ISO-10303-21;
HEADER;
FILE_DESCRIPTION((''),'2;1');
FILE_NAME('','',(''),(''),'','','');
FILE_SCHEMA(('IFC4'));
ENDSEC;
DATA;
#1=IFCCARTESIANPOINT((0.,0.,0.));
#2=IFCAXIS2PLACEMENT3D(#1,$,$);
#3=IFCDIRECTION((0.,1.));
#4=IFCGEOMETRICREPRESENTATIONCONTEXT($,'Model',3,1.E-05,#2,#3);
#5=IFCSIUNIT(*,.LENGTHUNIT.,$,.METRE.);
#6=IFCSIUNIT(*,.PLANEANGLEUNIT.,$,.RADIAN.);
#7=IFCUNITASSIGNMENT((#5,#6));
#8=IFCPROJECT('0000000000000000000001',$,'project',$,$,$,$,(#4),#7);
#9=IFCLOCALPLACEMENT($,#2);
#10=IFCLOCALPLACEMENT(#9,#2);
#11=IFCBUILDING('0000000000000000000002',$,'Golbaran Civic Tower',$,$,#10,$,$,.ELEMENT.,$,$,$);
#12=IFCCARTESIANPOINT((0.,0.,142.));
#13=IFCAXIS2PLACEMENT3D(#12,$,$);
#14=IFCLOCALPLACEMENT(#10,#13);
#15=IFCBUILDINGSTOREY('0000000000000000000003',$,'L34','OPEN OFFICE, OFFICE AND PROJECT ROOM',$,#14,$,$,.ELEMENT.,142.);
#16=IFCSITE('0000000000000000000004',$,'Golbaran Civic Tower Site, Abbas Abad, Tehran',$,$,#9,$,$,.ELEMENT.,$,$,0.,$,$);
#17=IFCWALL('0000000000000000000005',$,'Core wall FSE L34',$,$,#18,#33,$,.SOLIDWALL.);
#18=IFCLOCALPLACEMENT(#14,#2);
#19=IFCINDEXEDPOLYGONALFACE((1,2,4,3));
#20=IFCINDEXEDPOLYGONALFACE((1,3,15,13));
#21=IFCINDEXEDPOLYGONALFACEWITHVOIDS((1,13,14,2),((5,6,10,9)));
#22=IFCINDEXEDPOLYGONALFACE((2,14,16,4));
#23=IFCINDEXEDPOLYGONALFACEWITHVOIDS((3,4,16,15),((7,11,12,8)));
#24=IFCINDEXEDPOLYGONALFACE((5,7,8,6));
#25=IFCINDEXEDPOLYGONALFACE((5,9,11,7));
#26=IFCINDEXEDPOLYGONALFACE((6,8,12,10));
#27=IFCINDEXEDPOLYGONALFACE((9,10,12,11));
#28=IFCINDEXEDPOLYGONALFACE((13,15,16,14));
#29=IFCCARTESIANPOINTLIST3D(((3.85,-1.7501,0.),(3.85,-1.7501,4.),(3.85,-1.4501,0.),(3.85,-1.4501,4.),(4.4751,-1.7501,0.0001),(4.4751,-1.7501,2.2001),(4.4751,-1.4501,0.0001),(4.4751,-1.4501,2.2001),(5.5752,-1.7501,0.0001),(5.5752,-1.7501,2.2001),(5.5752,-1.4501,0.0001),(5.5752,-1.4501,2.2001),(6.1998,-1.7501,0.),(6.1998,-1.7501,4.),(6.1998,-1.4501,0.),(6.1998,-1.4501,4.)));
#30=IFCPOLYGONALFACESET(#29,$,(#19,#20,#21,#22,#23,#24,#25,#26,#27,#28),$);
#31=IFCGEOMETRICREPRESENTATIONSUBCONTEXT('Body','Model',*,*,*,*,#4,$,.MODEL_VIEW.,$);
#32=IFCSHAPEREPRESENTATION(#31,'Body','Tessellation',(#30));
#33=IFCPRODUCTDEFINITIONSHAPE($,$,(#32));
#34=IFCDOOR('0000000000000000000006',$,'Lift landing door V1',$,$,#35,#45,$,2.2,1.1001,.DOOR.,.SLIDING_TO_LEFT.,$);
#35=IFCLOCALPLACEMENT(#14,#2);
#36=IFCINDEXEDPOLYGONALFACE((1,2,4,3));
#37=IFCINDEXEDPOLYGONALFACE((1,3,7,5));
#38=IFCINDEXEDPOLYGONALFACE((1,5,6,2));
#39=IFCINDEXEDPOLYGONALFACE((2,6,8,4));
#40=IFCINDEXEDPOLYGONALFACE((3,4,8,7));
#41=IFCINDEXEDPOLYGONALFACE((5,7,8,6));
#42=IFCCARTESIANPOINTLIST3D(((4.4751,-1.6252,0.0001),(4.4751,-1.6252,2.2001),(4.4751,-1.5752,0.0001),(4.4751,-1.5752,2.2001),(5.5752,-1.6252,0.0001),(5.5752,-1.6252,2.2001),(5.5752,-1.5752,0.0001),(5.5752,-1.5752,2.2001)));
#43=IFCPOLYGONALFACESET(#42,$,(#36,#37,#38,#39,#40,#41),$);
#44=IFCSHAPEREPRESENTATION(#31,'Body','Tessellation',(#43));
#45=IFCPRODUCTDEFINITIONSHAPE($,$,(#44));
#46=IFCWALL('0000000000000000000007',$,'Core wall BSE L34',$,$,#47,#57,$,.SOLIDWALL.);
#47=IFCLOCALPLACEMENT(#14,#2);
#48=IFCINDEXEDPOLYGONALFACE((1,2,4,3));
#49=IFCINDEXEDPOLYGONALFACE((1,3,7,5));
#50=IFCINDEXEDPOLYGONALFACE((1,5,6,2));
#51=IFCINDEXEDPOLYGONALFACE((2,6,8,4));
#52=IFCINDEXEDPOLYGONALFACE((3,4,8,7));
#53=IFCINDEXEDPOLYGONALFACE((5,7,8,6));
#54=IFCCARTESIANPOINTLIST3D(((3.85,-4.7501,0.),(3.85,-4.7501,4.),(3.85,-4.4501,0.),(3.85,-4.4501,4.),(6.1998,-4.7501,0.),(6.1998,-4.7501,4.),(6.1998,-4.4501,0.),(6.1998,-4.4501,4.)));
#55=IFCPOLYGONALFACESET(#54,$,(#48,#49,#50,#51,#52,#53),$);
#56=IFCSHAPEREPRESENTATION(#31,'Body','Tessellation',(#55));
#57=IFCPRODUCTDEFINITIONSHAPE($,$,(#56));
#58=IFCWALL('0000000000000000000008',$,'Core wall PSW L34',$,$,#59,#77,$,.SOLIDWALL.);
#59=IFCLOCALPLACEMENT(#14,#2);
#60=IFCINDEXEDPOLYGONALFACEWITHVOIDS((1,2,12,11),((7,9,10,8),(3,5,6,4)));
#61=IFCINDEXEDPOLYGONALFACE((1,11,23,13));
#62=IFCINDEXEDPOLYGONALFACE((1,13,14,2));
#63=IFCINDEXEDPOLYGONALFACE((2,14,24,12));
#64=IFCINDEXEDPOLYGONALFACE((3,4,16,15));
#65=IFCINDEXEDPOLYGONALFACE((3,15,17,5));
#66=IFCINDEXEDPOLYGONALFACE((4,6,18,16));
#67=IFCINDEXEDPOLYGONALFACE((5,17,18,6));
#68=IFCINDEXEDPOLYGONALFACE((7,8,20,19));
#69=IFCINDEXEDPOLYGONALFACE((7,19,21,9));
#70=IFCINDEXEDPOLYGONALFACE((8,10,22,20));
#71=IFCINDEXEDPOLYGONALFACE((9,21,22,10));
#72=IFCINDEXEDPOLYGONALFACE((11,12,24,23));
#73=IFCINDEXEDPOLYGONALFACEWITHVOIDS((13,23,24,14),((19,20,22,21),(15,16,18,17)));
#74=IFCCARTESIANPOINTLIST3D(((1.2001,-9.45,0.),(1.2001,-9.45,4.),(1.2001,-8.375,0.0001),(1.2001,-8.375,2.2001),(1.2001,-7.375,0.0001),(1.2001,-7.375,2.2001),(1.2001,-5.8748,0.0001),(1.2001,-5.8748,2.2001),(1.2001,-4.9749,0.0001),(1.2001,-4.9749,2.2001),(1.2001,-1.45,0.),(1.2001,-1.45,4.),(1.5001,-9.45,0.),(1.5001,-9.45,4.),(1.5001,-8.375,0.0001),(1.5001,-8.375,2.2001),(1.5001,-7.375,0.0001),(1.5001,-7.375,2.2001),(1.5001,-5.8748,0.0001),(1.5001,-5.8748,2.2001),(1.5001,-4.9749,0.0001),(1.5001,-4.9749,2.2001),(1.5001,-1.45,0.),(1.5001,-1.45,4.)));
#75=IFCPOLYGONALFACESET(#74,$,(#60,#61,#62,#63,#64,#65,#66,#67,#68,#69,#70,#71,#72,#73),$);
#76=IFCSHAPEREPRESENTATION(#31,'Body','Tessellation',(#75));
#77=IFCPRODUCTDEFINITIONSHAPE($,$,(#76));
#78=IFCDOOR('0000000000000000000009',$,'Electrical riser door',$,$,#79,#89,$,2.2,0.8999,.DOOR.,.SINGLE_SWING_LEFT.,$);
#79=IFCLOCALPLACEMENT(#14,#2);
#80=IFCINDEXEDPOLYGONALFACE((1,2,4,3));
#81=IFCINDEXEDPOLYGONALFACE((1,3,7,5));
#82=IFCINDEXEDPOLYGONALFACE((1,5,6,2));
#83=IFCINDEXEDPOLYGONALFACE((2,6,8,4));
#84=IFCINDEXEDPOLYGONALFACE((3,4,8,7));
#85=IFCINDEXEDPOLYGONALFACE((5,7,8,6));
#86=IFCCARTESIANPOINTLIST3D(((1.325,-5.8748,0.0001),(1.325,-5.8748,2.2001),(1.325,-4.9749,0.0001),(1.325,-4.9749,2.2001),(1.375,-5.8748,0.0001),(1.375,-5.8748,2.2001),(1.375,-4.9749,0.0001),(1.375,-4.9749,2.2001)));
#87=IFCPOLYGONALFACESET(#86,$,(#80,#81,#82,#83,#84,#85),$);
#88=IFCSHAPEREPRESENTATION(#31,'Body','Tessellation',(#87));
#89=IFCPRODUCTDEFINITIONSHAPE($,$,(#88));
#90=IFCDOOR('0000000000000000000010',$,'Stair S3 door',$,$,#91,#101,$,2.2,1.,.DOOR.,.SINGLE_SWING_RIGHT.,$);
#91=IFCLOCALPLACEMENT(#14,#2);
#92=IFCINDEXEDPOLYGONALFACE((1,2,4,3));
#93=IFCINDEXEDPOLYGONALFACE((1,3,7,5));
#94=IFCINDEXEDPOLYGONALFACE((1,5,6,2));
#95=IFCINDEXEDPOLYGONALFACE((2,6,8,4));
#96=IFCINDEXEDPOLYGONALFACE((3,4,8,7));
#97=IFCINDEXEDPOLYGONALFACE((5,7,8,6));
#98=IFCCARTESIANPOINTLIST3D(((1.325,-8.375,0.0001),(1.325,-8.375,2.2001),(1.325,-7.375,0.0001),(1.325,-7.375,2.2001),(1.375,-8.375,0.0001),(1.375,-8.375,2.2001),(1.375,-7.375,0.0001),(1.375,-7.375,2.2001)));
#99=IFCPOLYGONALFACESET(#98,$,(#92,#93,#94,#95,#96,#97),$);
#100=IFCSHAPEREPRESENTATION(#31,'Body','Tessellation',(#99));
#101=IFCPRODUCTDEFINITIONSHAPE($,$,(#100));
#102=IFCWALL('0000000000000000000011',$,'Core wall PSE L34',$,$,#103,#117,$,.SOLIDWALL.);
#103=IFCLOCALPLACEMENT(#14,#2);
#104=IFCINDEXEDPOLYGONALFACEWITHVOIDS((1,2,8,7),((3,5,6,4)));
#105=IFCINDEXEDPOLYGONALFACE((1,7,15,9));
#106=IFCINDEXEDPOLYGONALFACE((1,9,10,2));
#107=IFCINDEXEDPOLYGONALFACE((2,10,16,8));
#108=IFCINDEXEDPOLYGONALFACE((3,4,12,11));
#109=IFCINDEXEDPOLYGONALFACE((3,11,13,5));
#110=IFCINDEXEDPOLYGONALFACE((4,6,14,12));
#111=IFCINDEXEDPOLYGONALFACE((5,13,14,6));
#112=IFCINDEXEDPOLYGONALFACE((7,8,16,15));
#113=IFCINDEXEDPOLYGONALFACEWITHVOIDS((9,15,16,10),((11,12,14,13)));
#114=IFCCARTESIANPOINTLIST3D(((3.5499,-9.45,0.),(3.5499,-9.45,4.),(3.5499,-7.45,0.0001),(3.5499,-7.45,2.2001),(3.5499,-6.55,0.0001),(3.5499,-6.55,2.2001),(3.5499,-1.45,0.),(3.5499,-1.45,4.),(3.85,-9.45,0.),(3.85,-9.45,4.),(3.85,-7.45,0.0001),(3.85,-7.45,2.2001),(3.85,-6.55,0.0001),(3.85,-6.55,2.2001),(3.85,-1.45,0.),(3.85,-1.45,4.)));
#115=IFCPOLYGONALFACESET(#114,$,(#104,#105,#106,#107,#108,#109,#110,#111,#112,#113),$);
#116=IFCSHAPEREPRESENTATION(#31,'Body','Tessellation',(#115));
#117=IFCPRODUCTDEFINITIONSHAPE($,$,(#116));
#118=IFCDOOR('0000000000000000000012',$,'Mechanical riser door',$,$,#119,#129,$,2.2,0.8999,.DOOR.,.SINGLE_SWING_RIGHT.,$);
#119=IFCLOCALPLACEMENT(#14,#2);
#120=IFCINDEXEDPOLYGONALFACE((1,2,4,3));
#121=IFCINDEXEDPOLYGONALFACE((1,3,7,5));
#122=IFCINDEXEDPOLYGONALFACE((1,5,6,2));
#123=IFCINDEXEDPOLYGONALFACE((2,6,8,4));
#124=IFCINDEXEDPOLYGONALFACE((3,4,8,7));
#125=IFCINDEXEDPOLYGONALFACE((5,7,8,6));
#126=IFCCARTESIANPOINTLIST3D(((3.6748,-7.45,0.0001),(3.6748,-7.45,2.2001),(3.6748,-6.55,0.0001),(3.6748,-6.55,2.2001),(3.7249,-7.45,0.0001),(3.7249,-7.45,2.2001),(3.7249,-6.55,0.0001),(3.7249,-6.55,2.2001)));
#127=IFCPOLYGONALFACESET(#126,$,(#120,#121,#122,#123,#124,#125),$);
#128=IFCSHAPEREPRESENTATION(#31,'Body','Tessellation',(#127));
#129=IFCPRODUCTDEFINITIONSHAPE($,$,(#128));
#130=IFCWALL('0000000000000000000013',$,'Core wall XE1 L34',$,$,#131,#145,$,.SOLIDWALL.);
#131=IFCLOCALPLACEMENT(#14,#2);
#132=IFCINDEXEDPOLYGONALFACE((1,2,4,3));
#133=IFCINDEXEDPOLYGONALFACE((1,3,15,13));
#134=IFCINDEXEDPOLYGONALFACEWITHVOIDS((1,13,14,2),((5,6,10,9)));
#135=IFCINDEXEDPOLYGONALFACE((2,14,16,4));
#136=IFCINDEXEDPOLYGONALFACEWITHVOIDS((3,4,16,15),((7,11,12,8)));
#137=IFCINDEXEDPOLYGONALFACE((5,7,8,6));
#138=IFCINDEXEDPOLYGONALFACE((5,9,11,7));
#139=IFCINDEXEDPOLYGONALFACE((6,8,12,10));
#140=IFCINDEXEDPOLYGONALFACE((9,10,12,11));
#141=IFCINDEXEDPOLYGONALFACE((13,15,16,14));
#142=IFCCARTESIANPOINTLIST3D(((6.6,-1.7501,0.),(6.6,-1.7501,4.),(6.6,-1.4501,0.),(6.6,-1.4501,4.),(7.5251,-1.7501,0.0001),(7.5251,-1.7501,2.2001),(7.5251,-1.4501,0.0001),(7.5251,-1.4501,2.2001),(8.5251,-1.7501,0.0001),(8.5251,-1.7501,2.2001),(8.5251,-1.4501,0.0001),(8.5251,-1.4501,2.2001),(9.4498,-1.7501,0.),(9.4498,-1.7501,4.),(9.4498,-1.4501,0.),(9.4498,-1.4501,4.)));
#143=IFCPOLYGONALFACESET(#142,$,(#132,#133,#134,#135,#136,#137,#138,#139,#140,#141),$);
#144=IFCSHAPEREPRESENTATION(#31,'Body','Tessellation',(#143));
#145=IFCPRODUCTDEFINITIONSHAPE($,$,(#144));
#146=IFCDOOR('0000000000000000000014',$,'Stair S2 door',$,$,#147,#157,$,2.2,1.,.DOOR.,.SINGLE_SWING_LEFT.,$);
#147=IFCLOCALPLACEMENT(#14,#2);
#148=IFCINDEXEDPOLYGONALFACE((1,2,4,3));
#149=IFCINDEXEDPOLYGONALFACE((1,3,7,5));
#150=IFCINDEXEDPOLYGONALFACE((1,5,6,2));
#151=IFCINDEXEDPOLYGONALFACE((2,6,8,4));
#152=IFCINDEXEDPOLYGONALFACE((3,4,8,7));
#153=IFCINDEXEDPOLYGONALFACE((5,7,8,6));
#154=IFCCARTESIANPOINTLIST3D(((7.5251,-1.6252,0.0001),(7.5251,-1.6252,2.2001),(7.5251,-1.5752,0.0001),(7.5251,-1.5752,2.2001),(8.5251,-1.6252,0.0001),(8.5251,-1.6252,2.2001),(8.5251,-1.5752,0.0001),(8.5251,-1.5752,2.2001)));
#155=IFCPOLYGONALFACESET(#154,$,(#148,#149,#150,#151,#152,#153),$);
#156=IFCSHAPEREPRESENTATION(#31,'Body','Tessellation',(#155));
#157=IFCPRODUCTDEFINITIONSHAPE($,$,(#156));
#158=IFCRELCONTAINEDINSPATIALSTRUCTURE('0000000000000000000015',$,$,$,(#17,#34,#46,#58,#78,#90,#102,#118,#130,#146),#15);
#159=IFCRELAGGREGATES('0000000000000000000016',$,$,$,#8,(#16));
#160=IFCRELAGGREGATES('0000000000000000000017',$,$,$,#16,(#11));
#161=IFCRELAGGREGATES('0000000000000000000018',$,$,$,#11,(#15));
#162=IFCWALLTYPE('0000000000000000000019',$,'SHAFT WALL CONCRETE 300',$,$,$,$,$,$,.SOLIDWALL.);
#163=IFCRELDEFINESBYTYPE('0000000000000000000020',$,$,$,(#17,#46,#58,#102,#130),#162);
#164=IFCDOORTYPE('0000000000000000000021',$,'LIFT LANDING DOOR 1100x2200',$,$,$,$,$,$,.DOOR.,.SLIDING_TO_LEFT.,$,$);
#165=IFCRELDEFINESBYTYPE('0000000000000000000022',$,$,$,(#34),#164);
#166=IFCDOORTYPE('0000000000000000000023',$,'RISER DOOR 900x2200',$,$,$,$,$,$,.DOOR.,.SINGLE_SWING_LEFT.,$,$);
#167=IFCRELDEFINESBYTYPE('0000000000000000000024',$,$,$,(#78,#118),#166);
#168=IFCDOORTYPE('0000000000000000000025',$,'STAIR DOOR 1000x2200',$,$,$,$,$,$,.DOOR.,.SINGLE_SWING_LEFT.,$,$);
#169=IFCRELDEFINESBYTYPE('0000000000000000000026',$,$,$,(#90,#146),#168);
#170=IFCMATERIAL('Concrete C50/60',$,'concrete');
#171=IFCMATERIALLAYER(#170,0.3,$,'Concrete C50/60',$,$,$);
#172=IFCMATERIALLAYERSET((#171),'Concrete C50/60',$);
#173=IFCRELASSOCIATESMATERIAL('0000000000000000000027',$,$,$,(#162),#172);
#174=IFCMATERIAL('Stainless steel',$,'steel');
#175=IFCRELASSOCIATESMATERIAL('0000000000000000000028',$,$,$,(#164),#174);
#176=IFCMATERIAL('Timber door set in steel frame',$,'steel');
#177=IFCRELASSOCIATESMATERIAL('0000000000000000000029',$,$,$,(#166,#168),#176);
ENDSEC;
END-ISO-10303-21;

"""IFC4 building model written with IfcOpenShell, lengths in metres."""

from ifc_helpers import new_model, si_unit, direction, frame, frame_2d, origin, place, context, subcontext, project, spatial, rectangle, extrude, material, layer, layer_set, type_object, element, fill, save


model = new_model("IFC4")

# Units and contexts
model_context = context("Model", 3, precision=1e-05, world=origin(), true_north=direction((0.0, 1.0)))
body_context = subcontext(model_context, "Body", "Model", "MODEL_VIEW")
ifc_project = project(units=[si_unit("LENGTHUNIT", "METRE"), si_unit("PLANEANGLEUNIT", "RADIAN")], contexts=[model_context])

# Site, building, storey
site_placement = place(None, origin())
site = spatial("IfcSite", under=ifc_project, at=site_placement, Name="Golbaran Civic Tower Site, Abbas Abad, Tehran", CompositionType="ELEMENT", RefElevation=0.0)
building_placement = place(site_placement, origin())
building = spatial("IfcBuilding", under=site, at=building_placement, Name="Golbaran Civic Tower", CompositionType="ELEMENT")
storey_placement = place(building_placement, frame((0.0, 0.0, 142.0)))
storey = spatial("IfcBuildingStorey", under=building, at=storey_placement, Name="L34", Description="OPEN OFFICE, OFFICE AND PROJECT ROOM", CompositionType="ELEMENT", Elevation=142.0)

# Wall, opening, door
ifc_material_1 = material(Name="Concrete C50/60", Category="concrete")
ifc_layer_1 = layer(ifc_material_1, 0.3, Name="Concrete C50/60")
ifc_layer_set_1 = layer_set([ifc_layer_1], Name="Concrete C50/60")
wall_type_1 = type_object("IfcWallType", Name="SHAFT WALL CONCRETE 300", PredefinedType="SOLIDWALL", material=ifc_layer_set_1)
wall_1_placement = place(storey_placement, frame((3.8501, -1.6001, 0.0), z_axis=(0.0, 0.0, 1.0), x_axis=(1.0, 0.0, 0.0)))
wall_1 = element("IfcWall", 1, at=wall_1_placement, inside=storey, type_object=wall_type_1, Name="Core wall FSE L34", PredefinedType="SOLIDWALL", context=body_context, shape_type="SweptSolid", body=[
    extrude(rectangle(XDim=2.3499, YDim=0.3, at=frame_2d((1.1748, 0.0))), origin(), (0.0, 0.0, 1.0), 4.0),
])
opening_1_placement = place(wall_1_placement, frame((0.625, 0.0, 0.0)))
opening_1 = element("IfcOpeningElement", 2, at=opening_1_placement, cuts=wall_1, PredefinedType="OPENING", context=body_context, shape_type="SweptSolid", body=[
    extrude(rectangle(XDim=1.1001, YDim=2.2, at=frame_2d((0.55, 1.1001))), frame((0.0, 0.1599, 0.0), z_axis=(0.0, -1.0, 0.0), x_axis=(1.0, 0.0, 0.0)), (0.0, 0.0, 1.0), 0.3201),
])
ifc_material_2 = material(Name="Stainless steel", Category="steel")
door_type_1 = type_object("IfcDoorType", Name="LIFT LANDING DOOR 1100x2200", OperationType="SLIDING_TO_LEFT", PredefinedType="DOOR", material=ifc_material_2)
door_1_placement = place(opening_1_placement, origin())
door_1 = element("IfcDoor", 3, at=door_1_placement, inside=storey, type_object=door_type_1, Name="Lift landing door V1", OperationType="SLIDING_TO_LEFT", OverallHeight=2.2, OverallWidth=1.1001, PredefinedType="DOOR", context=body_context, shape_type="SweptSolid", body=[
    extrude(rectangle(XDim=1.1001, YDim=2.2, at=frame_2d((0.55, 1.1001))), frame((0.0, 0.0249, 0.0), z_axis=(0.0, -1.0, 0.0), x_axis=(1.0, 0.0, 0.0)), (0.0, 0.0, 1.0), 0.05),
])
fill(opening_1, door_1)

# Wall
wall_2_placement = place(storey_placement, frame((3.8501, -4.6001, 0.0), z_axis=(0.0, 0.0, 1.0), x_axis=(1.0, 0.0, 0.0)))
element("IfcWall", 4, at=wall_2_placement, inside=storey, type_object=wall_type_1, Name="Core wall BSE L34", PredefinedType="SOLIDWALL", context=body_context, shape_type="SweptSolid", body=[
    extrude(rectangle(XDim=2.3499, YDim=0.3, at=frame_2d((1.1748, 0.0))), origin(), (0.0, 0.0, 1.0), 4.0),
])

# Wall, openings, doors
wall_3_placement = place(storey_placement, frame((1.3501, -1.45, 0.0), z_axis=(0.0, 0.0, 1.0), x_axis=(0.0, -1.0, 0.0)))
wall_3 = element("IfcWall", 5, at=wall_3_placement, inside=storey, type_object=wall_type_1, Name="Core wall PSW L34", PredefinedType="SOLIDWALL", context=body_context, shape_type="SweptSolid", body=[
    extrude(rectangle(XDim=8.0, YDim=0.3, at=frame_2d((4.0, 0.0))), origin(), (0.0, 0.0, 1.0), 4.0),
])
opening_2_placement = place(wall_3_placement, frame((5.925, 0.0, 0.0)))
opening_2 = element("IfcOpeningElement", 6, at=opening_2_placement, cuts=wall_3, PredefinedType="OPENING", context=body_context, shape_type="SweptSolid", body=[
    extrude(rectangle(XDim=1.0, YDim=2.2, at=frame_2d((0.5, 1.1001))), frame((0.0, 0.1599, 0.0), z_axis=(0.0, -1.0, 0.0), x_axis=(1.0, 0.0, 0.0)), (0.0, 0.0, 1.0), 0.3201),
])
opening_3_placement = place(wall_3_placement, frame((3.5249, 0.0, 0.0)))
opening_3 = element("IfcOpeningElement", 7, at=opening_3_placement, cuts=wall_3, PredefinedType="OPENING", context=body_context, shape_type="SweptSolid", body=[
    extrude(rectangle(XDim=0.8999, YDim=2.2, at=frame_2d((0.45, 1.1001))), frame((0.0, 0.1599, 0.0), z_axis=(0.0, -1.0, 0.0), x_axis=(1.0, 0.0, 0.0)), (0.0, 0.0, 1.0), 0.3201),
])
ifc_material_3 = material(Name="Timber door set in steel frame", Category="steel")
door_type_2 = type_object("IfcDoorType", Name="RISER DOOR 900x2200", OperationType="SINGLE_SWING_LEFT", PredefinedType="DOOR", material=ifc_material_3)
door_2_placement = place(opening_3_placement, origin())
door_2 = element("IfcDoor", 8, at=door_2_placement, inside=storey, type_object=door_type_2, Name="Electrical riser door", OperationType="SINGLE_SWING_LEFT", OverallHeight=2.2, OverallWidth=0.8999, PredefinedType="DOOR", context=body_context, shape_type="SweptSolid", body=[
    extrude(rectangle(XDim=0.8999, YDim=2.2, at=frame_2d((0.45, 1.1001))), frame((0.0, 0.0249, 0.0), z_axis=(0.0, -1.0, 0.0), x_axis=(1.0, 0.0, 0.0)), (0.0, 0.0, 1.0), 0.05),
])
fill(opening_3, door_2)
door_type_3 = type_object("IfcDoorType", Name="STAIR DOOR 1000x2200", OperationType="SINGLE_SWING_LEFT", PredefinedType="DOOR", material=ifc_material_3)
door_3_placement = place(opening_2_placement, origin())
door_3 = element("IfcDoor", 9, at=door_3_placement, inside=storey, type_object=door_type_3, Name="Stair S3 door", OperationType="SINGLE_SWING_RIGHT", OverallHeight=2.2, OverallWidth=1.0, PredefinedType="DOOR", context=body_context, shape_type="SweptSolid", body=[
    extrude(rectangle(XDim=1.0, YDim=2.2, at=frame_2d((0.5, 1.1001))), frame((0.0, 0.0249, 0.0), z_axis=(0.0, -1.0, 0.0), x_axis=(1.0, 0.0, 0.0)), (0.0, 0.0, 1.0), 0.05),
])
fill(opening_2, door_3)

# Walls, openings, doors
wall_4_placement = place(storey_placement, frame((3.7, -1.45, 0.0), z_axis=(0.0, 0.0, 1.0), x_axis=(0.0, -1.0, 0.0)))
wall_4 = element("IfcWall", 10, at=wall_4_placement, inside=storey, type_object=wall_type_1, Name="Core wall PSE L34", PredefinedType="SOLIDWALL", context=body_context, shape_type="SweptSolid", body=[
    extrude(rectangle(XDim=8.0, YDim=0.3, at=frame_2d((4.0, 0.0))), origin(), (0.0, 0.0, 1.0), 4.0),
])
opening_4_placement = place(wall_4_placement, frame((5.1001, 0.0, 0.0)))
opening_4 = element("IfcOpeningElement", 11, at=opening_4_placement, cuts=wall_4, PredefinedType="OPENING", context=body_context, shape_type="SweptSolid", body=[
    extrude(rectangle(XDim=0.8999, YDim=2.2, at=frame_2d((0.45, 1.1001))), frame((0.0, 0.1599, 0.0), z_axis=(0.0, -1.0, 0.0), x_axis=(1.0, 0.0, 0.0)), (0.0, 0.0, 1.0), 0.3201),
])
door_4_placement = place(opening_4_placement, origin())
door_4 = element("IfcDoor", 12, at=door_4_placement, inside=storey, type_object=door_type_2, Name="Mechanical riser door", OperationType="SINGLE_SWING_RIGHT", OverallHeight=2.2, OverallWidth=0.8999, PredefinedType="DOOR", context=body_context, shape_type="SweptSolid", body=[
    extrude(rectangle(XDim=0.8999, YDim=2.2, at=frame_2d((0.45, 1.1001))), frame((0.0, 0.0249, 0.0), z_axis=(0.0, -1.0, 0.0), x_axis=(1.0, 0.0, 0.0)), (0.0, 0.0, 1.0), 0.05),
])
fill(opening_4, door_4)
wall_5_placement = place(storey_placement, frame((6.6001, -1.6001, 0.0), z_axis=(0.0, 0.0, 1.0), x_axis=(1.0, 0.0, 0.0)))
wall_5 = element("IfcWall", 13, at=wall_5_placement, inside=storey, type_object=wall_type_1, Name="Core wall XE1 L34", PredefinedType="SOLIDWALL", context=body_context, shape_type="SweptSolid", body=[
    extrude(rectangle(XDim=2.8499, YDim=0.3, at=frame_2d((1.4248, 0.0))), origin(), (0.0, 0.0, 1.0), 4.0),
])
opening_5_placement = place(wall_5_placement, frame((0.925, 0.0, 0.0)))
opening_5 = element("IfcOpeningElement", 14, at=opening_5_placement, cuts=wall_5, PredefinedType="OPENING", context=body_context, shape_type="SweptSolid", body=[
    extrude(rectangle(XDim=1.0, YDim=2.2, at=frame_2d((0.5, 1.1001))), frame((0.0, 0.1599, 0.0), z_axis=(0.0, -1.0, 0.0), x_axis=(1.0, 0.0, 0.0)), (0.0, 0.0, 1.0), 0.3201),
])
door_5_placement = place(opening_5_placement, origin())
door_5 = element("IfcDoor", 15, at=door_5_placement, inside=storey, type_object=door_type_3, Name="Stair S2 door", OperationType="SINGLE_SWING_LEFT", OverallHeight=2.2, OverallWidth=1.0, PredefinedType="DOOR", context=body_context, shape_type="SweptSolid", body=[
    extrude(rectangle(XDim=1.0, YDim=2.2, at=frame_2d((0.5, 1.1001))), frame((0.0, 0.0249, 0.0), z_axis=(0.0, -1.0, 0.0), x_axis=(1.0, 0.0, 0.0)), (0.0, 0.0, 1.0), 0.05),
])
fill(opening_5, door_5)

save(model, "model.ifc")
